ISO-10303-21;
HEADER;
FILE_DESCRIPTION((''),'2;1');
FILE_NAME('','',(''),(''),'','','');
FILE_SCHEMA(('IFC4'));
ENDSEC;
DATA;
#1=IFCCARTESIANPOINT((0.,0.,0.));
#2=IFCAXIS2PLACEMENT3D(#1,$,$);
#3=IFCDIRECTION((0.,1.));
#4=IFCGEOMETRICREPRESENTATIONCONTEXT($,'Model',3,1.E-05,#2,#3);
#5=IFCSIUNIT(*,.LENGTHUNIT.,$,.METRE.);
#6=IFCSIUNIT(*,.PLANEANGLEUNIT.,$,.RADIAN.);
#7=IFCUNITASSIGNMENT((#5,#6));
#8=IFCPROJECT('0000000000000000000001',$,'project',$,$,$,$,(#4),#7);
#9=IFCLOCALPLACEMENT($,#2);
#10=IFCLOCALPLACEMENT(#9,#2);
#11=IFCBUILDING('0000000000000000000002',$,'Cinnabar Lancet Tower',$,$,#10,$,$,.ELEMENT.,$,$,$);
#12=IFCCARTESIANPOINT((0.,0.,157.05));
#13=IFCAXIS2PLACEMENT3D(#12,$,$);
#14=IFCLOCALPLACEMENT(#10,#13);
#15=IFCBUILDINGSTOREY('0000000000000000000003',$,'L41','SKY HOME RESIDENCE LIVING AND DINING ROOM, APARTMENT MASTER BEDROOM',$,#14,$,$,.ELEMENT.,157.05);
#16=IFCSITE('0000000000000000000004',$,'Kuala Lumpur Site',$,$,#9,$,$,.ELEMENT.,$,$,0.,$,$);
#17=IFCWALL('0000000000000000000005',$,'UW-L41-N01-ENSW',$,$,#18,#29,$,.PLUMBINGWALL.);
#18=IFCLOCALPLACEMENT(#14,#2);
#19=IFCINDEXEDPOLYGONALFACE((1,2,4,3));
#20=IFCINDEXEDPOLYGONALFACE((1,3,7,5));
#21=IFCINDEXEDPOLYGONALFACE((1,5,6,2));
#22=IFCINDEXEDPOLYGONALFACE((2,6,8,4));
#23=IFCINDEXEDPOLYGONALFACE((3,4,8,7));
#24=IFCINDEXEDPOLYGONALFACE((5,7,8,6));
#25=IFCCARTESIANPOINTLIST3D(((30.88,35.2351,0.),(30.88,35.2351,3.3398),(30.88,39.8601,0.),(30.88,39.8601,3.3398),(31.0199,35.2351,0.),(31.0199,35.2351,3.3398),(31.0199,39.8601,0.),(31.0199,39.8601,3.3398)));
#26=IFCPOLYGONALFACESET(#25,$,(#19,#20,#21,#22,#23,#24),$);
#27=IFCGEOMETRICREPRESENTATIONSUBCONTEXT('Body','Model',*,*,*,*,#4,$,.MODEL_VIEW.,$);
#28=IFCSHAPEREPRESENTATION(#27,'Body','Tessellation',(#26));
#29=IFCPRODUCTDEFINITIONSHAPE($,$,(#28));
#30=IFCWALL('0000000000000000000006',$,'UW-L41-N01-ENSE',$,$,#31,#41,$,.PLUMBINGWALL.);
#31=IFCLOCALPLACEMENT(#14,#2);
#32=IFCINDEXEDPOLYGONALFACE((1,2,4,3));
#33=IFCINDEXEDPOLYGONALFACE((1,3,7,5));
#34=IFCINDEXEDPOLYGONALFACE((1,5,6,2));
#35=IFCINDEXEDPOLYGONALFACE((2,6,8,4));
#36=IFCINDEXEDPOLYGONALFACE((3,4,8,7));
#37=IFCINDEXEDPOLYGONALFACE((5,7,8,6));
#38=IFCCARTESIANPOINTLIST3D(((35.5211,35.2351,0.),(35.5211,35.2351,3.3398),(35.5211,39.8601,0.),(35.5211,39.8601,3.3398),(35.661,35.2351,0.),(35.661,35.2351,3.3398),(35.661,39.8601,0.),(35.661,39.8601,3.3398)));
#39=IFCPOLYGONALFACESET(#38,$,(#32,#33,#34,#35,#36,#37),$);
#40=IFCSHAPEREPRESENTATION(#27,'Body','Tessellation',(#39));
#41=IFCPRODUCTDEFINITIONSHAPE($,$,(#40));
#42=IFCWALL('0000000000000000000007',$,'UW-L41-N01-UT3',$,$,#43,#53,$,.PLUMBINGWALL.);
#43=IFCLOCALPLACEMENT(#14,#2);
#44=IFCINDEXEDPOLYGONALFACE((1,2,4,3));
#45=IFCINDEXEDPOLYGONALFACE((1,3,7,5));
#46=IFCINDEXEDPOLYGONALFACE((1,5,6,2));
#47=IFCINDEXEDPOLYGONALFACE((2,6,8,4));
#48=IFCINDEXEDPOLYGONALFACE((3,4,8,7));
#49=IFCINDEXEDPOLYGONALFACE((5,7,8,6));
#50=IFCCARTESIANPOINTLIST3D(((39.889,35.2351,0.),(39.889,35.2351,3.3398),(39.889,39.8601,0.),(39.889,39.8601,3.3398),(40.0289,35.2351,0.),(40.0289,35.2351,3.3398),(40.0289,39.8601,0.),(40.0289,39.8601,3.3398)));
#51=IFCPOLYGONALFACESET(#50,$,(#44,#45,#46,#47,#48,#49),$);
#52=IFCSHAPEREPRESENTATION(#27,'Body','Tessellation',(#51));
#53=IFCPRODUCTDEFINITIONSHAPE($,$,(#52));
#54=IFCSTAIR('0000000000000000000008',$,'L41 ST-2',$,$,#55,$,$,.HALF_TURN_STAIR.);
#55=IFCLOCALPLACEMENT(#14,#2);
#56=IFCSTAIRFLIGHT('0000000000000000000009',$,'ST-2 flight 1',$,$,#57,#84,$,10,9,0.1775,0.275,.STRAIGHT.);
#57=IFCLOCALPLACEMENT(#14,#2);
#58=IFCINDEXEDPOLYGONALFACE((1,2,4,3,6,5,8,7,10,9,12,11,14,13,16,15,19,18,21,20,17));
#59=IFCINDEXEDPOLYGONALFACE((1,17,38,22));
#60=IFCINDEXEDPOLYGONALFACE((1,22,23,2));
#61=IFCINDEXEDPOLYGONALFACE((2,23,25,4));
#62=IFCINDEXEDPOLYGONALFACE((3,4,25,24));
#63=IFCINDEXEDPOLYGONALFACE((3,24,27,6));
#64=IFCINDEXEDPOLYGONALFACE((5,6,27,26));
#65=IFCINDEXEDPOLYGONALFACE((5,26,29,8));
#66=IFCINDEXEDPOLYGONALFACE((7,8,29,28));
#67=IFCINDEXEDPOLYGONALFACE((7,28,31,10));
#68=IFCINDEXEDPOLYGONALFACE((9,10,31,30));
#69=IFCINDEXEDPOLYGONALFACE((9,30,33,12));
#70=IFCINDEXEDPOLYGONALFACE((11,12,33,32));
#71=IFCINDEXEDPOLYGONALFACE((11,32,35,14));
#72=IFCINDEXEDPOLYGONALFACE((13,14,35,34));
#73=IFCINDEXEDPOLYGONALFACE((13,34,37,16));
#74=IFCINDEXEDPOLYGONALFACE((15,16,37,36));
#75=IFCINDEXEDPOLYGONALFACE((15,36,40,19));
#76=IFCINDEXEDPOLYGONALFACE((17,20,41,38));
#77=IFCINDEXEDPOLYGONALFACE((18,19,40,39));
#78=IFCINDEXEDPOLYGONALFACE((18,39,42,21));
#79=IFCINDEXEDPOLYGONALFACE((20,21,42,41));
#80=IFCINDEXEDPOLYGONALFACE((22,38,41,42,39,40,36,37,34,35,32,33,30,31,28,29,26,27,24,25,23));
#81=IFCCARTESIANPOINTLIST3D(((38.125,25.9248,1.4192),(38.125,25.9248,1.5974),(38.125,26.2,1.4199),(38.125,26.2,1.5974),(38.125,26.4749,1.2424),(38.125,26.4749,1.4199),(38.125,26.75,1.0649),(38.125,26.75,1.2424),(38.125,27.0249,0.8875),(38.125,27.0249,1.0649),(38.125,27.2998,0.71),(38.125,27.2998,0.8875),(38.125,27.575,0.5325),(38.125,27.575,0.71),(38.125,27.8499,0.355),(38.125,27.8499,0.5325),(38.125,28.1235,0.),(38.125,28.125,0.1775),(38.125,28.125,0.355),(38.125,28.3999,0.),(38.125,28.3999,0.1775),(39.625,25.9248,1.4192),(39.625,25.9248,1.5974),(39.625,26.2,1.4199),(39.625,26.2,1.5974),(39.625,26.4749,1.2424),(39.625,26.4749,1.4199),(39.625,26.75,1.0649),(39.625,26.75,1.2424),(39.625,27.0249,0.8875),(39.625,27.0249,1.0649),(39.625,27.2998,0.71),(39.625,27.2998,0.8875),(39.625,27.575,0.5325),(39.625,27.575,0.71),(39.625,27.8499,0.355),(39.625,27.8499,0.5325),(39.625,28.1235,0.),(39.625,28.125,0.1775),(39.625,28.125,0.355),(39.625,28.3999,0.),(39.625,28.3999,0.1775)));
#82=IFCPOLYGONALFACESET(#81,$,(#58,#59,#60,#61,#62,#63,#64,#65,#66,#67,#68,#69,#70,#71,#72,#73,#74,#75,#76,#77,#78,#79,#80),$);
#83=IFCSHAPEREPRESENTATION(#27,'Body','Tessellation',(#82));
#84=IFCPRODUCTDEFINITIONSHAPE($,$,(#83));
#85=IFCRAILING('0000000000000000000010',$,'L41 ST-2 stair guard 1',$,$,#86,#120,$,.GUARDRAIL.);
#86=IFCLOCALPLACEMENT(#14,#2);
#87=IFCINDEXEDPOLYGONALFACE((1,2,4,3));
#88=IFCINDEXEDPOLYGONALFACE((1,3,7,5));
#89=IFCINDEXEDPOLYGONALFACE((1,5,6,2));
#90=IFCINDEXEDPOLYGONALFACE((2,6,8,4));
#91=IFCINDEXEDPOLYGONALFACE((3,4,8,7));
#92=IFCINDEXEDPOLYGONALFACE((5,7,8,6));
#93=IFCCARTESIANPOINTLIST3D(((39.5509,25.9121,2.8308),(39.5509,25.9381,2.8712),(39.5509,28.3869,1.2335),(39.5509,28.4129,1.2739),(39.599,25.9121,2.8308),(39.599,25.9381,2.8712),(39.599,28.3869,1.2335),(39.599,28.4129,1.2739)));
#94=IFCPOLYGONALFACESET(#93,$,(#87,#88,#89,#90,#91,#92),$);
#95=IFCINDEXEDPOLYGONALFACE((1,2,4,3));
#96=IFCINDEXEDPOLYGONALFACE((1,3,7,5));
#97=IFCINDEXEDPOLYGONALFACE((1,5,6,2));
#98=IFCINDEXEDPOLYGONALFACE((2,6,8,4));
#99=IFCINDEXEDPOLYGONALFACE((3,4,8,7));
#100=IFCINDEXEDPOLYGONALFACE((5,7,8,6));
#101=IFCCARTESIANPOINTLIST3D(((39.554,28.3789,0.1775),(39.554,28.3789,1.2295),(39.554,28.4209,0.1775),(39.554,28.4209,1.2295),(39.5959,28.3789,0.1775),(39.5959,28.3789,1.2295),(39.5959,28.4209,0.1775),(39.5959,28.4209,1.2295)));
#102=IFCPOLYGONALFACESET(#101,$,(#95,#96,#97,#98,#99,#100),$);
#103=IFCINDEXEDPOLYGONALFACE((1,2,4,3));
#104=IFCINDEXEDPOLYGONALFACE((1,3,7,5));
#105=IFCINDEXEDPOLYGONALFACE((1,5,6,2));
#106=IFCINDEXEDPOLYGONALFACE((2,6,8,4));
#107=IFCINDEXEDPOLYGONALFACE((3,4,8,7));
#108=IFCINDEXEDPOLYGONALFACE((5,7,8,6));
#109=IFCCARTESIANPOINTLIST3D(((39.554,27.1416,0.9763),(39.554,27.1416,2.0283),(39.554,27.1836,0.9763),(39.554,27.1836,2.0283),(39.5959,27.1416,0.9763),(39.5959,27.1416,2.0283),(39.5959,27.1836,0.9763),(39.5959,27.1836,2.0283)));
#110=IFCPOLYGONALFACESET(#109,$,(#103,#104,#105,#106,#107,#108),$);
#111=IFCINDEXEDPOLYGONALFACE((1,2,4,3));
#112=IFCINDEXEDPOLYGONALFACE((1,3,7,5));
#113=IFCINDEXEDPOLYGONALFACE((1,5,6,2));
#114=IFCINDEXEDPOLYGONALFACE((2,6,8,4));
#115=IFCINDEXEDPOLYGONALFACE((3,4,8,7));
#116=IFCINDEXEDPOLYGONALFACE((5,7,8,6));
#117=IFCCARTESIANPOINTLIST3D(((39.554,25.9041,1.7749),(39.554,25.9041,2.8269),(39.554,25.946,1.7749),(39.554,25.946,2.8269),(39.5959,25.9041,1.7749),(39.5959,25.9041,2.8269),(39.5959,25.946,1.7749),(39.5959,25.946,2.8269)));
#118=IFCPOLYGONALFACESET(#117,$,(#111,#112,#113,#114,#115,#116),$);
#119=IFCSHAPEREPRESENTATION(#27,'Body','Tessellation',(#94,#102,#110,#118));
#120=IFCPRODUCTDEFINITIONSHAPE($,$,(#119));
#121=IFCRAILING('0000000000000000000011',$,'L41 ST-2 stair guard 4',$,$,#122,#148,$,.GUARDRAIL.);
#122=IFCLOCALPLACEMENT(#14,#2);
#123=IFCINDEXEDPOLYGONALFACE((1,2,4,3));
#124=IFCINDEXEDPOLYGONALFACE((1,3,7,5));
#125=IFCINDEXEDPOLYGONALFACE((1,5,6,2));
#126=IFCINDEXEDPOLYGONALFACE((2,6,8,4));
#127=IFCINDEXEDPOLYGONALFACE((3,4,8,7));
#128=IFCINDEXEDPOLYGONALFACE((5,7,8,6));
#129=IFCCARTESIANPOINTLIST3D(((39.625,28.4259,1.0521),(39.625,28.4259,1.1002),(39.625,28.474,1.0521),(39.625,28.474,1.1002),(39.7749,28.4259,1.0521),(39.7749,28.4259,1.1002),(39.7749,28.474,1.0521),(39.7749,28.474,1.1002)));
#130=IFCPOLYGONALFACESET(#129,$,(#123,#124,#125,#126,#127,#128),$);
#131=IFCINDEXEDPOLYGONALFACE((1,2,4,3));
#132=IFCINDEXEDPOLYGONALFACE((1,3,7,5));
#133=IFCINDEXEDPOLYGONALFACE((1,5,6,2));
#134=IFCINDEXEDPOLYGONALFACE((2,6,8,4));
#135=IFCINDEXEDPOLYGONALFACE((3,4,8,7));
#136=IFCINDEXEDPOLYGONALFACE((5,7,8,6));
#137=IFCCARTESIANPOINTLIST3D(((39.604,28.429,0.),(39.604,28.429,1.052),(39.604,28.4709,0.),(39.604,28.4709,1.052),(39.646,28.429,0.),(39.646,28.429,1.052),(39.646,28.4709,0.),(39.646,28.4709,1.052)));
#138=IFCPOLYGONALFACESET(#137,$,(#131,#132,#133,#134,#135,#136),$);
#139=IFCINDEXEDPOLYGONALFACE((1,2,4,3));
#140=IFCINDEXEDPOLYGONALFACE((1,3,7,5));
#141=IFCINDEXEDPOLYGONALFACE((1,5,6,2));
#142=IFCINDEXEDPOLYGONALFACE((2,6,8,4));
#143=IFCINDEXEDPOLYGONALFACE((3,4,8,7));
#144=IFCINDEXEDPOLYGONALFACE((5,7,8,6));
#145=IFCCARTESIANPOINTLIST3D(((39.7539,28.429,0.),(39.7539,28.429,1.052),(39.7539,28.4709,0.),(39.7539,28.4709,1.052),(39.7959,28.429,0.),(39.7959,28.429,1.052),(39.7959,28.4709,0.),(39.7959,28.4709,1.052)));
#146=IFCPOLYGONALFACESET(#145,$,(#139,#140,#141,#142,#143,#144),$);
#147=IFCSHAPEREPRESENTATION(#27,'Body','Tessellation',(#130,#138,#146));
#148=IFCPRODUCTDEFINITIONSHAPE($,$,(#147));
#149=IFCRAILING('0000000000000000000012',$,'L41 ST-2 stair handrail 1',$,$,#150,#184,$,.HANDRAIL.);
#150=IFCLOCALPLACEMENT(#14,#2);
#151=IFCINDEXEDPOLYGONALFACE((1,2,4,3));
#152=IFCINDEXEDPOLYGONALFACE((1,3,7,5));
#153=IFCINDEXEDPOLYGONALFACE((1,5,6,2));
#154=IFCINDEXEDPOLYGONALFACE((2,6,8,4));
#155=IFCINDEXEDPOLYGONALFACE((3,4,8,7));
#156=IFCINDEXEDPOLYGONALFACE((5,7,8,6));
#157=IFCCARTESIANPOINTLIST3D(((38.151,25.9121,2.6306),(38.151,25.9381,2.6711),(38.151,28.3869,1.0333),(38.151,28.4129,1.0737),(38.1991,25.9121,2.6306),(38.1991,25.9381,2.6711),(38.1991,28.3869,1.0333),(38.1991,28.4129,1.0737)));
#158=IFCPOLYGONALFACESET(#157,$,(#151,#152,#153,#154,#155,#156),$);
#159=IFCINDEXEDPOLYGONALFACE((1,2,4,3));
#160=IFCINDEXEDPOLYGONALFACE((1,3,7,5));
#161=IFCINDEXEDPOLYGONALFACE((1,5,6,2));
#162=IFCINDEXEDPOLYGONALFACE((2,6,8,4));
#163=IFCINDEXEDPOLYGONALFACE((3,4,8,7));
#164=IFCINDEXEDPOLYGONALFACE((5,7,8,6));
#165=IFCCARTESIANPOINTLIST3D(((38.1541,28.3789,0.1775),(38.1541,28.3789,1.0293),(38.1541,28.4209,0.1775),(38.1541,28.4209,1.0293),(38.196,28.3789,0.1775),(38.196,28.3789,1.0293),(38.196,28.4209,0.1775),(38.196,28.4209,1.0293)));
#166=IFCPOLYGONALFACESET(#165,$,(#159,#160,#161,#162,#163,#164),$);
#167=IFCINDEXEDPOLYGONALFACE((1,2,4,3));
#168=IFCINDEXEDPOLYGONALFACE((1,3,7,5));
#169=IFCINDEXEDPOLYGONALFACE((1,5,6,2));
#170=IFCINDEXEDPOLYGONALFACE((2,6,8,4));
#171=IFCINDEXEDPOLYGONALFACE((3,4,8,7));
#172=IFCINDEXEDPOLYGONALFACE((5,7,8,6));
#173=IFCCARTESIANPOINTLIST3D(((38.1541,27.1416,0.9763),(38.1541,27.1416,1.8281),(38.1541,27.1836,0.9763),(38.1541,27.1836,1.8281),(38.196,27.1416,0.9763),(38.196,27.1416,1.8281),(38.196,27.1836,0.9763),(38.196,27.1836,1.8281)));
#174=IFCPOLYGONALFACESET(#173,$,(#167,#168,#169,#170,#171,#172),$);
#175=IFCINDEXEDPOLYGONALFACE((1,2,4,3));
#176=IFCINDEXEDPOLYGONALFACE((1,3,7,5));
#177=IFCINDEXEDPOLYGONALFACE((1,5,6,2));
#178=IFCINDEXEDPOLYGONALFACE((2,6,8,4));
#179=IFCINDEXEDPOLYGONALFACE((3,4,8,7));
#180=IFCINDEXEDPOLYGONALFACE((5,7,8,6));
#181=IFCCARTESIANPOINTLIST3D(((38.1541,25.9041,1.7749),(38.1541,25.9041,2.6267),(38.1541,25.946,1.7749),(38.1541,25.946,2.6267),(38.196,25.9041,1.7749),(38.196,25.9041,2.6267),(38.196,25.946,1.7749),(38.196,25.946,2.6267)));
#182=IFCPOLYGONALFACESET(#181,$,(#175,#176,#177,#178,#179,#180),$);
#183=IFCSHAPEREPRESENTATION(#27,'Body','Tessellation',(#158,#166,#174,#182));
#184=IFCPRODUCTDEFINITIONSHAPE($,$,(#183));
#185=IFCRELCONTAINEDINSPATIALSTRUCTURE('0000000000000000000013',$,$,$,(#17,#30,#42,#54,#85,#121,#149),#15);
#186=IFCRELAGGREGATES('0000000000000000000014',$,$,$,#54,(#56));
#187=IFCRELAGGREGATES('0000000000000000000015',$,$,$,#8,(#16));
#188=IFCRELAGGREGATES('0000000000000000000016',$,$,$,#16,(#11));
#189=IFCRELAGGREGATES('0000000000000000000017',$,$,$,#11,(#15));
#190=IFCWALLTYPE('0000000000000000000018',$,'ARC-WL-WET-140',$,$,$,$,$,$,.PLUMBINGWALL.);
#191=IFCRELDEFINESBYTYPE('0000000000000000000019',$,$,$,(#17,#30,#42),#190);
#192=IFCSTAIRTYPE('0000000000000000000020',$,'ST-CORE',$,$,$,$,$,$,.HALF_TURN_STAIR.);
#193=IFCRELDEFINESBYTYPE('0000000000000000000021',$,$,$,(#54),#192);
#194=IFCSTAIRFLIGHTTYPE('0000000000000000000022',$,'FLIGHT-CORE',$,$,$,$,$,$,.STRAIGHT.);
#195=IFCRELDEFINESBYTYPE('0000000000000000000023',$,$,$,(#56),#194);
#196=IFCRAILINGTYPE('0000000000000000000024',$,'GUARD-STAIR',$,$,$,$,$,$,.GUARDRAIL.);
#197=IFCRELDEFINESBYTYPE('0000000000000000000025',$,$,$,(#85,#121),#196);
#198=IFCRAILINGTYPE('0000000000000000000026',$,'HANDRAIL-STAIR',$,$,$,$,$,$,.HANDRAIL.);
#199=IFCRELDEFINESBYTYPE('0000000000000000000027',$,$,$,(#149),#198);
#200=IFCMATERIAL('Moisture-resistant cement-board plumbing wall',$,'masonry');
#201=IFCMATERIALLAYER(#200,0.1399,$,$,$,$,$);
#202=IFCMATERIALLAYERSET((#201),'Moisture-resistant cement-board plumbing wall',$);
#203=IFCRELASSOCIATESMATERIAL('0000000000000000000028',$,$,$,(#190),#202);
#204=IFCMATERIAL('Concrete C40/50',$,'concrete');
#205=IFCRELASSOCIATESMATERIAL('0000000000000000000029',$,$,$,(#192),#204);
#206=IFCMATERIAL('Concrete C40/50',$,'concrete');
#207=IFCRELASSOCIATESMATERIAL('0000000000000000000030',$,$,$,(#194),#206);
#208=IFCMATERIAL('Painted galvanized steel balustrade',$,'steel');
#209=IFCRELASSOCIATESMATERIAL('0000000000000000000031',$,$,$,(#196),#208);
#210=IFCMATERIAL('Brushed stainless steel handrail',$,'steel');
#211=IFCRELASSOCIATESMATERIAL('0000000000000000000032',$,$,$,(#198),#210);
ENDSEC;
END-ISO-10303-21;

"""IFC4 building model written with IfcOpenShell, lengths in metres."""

from ifc_helpers import new_model, si_unit, direction, frame, frame_2d, origin, origin_2d, place, context, subcontext, project, spatial, polyline, rectangle, outline, extrude, material, layer, layer_set, type_object, element, aggregate, save


model = new_model("IFC4")

# Units and contexts
model_context = context("Model", 3, precision=1e-05, world=origin(), true_north=direction((0.0, 1.0)))
body_context = subcontext(model_context, "Body", "Model", "MODEL_VIEW")
ifc_project = project(units=[si_unit("LENGTHUNIT", "METRE"), si_unit("PLANEANGLEUNIT", "RADIAN")], contexts=[model_context])

# Site, building, storey
site_placement = place(None, origin())
site = spatial("IfcSite", under=ifc_project, at=site_placement, Name="Kuala Lumpur Site", CompositionType="ELEMENT", RefElevation=0.0)
building_placement = place(site_placement, origin())
building = spatial("IfcBuilding", under=site, at=building_placement, Name="Cinnabar Lancet Tower", CompositionType="ELEMENT")
storey_placement = place(building_placement, frame((0.0, 0.0, 157.05)))
storey = spatial("IfcBuildingStorey", under=building, at=storey_placement, Name="L41", Description="SKY HOME RESIDENCE LIVING AND DINING ROOM, APARTMENT MASTER BEDROOM", CompositionType="ELEMENT", Elevation=157.05)

# Walls
ifc_material_1 = material(Name="Moisture-resistant cement-board plumbing wall", Category="masonry")
ifc_layer_1 = layer(ifc_material_1, 0.1399)
ifc_layer_set_1 = layer_set([ifc_layer_1], Name="Moisture-resistant cement-board plumbing wall")
wall_type_1 = type_object("IfcWallType", Name="ARC-WL-WET-140", PredefinedType="PLUMBINGWALL", material=ifc_layer_set_1)
for number, where, z_axis, x_axis, name in (
    (1, (30.95, 35.2351, 0.0), (0.0, 0.0, 1.0), (0.0, 1.0, 0.0), "UW-L41-N01-ENSW"),
    (2, (35.5911, 35.2351, 0.0), (0.0, 0.0, 1.0), (0.0, 1.0, 0.0), "UW-L41-N01-ENSE"),
    (3, (39.959, 35.2351, 0.0), (0.0, 0.0, 1.0), (0.0, 1.0, 0.0), "UW-L41-N01-UT3"),
):
    element("IfcWall", number, at=place(storey_placement, frame(where, z_axis=z_axis, x_axis=x_axis)), inside=storey, type_object=wall_type_1, Name=name, PredefinedType="PLUMBINGWALL", context=body_context, shape_type="SweptSolid", body=[
        extrude(rectangle(XDim=4.625, YDim=0.1399, at=frame_2d((2.3125, 0.0))), origin(), (0.0, 0.0, 1.0), 3.3398),
    ])

# Stair, stair flight
ifc_material_2 = material(Name="Concrete C40/50", Category="concrete")
stair_type = type_object("IfcStairType", Name="ST-CORE", PredefinedType="HALF_TURN_STAIR", material=ifc_material_2)
stair_placement = place(storey_placement, origin())
stair = element("IfcStair", 4, at=stair_placement, inside=storey, type_object=stair_type, Name="L41 ST-2", PredefinedType="HALF_TURN_STAIR")
ifc_material_3 = material(Name="Concrete C40/50", Category="concrete")
stair_flight_type = type_object("IfcStairFlightType", Name="FLIGHT-CORE", PredefinedType="STRAIGHT", material=ifc_material_3)
stair_flight_placement = place(storey_placement, frame((38.875, 28.3999, 0.0), z_axis=(0.0, 0.0, 1.0), x_axis=(0.0, -1.0, 0.0)))
stair_flight = element("IfcStairFlight", 5, at=stair_flight_placement, type_object=stair_flight_type, Name="ST-2 flight 1", NumberOfRisers=10, NumberOfTreads=9, PredefinedType="STRAIGHT", RiserHeight=0.1775, TreadLength=0.275, context=body_context, shape_type="SweptSolid", body=[
    extrude(outline(polyline([(0.0, 0.0), (0.0, 0.1775), (0.2749, 0.1775), (0.2749, 0.355), (0.55, 0.355), (0.55, 0.5325), (0.825, 0.5325), (0.825, 0.71), (1.1001, 0.71), (1.1001, 0.8875), (1.375, 0.8875), (1.375, 1.0649), (1.6499, 1.0649), (1.6499, 1.2424), (1.925, 1.2424), (1.925, 1.4199), (2.2, 1.4199), (2.2, 1.5974), (2.4751, 1.5974), (2.4751, 1.7749), (2.4751, 1.4192), (0.2764, 0.0), (0.0, 0.0)])), frame((0.0, 0.75, 0.0), z_axis=(0.0, -1.0, 0.0), x_axis=(1.0, 0.0, 0.0)), (0.0, 0.0, 1.0), 1.5),
])
aggregate(stair, [stair_flight])

# Railings
ifc_material_4 = material(Name="Painted galvanized steel balustrade", Category="steel")
railing_type_1 = type_object("IfcRailingType", Name="GUARD-STAIR", PredefinedType="GUARDRAIL", material=ifc_material_4)
railing_1_placement = place(storey_placement, frame((39.575, 28.3999, 0.1775)))
element("IfcRailing", 6, at=railing_1_placement, inside=storey, type_object=railing_type_1, Name="L41 ST-2 stair guard 1", PredefinedType="GUARDRAIL", context=body_context, shape_type="SweptSolid", body=[
    extrude(rectangle(XDim=0.0481, YDim=0.0481, at=origin_2d()), frame((0.0, 0.0, 1.0762), z_axis=(0.0, -0.840183, 0.542302), x_axis=(1.0, 0.0, 0.0)), (0.0, 0.0, 1.0), 2.9456),
    extrude(rectangle(XDim=0.042, YDim=0.042, at=origin_2d()), origin(), (0.0, 0.0, 1.0), 1.052),
    extrude(rectangle(XDim=0.042, YDim=0.042, at=origin_2d()), frame((0.0, -1.2373, 0.7988)), (0.0, 0.0, 1.0), 1.052),
    extrude(rectangle(XDim=0.042, YDim=0.042, at=origin_2d()), frame((0.0, -2.4749, 1.5974)), (0.0, 0.0, 1.0), 1.052),
])
railing_2_placement = place(storey_placement, frame((39.625, 28.45, 0.0)))
element("IfcRailing", 7, at=railing_2_placement, inside=storey, type_object=railing_type_1, Name="L41 ST-2 stair guard 4", PredefinedType="GUARDRAIL", context=body_context, shape_type="SweptSolid", body=[
    extrude(rectangle(XDim=0.0481, YDim=0.0481, at=origin_2d()), frame((0.0, 0.0, 1.0762), z_axis=(1.0, 0.0, 0.0), x_axis=(0.0, 1.0, 0.0)), (0.0, 0.0, 1.0), 0.1499),
    extrude(rectangle(XDim=0.042, YDim=0.042, at=origin_2d()), origin(), (0.0, 0.0, 1.0), 1.052),
    extrude(rectangle(XDim=0.042, YDim=0.042, at=origin_2d()), frame((0.1499, 0.0, 0.0)), (0.0, 0.0, 1.0), 1.052),
])
ifc_material_5 = material(Name="Brushed stainless steel handrail", Category="steel")
railing_type_2 = type_object("IfcRailingType", Name="HANDRAIL-STAIR", PredefinedType="HANDRAIL", material=ifc_material_5)
railing_3_placement = place(storey_placement, frame((38.175, 28.3999, 0.1775)))
element("IfcRailing", 8, at=railing_3_placement, inside=storey, type_object=railing_type_2, Name="L41 ST-2 stair handrail 1", PredefinedType="HANDRAIL", context=body_context, shape_type="SweptSolid", body=[
    extrude(rectangle(XDim=0.0481, YDim=0.0481, at=origin_2d()), frame((0.0, 0.0, 0.876), z_axis=(0.0, -0.840183, 0.542302), x_axis=(1.0, 0.0, 0.0)), (0.0, 0.0, 1.0), 2.9456),
    extrude(rectangle(XDim=0.042, YDim=0.042, at=origin_2d()), origin(), (0.0, 0.0, 1.0), 0.8518),
    extrude(rectangle(XDim=0.042, YDim=0.042, at=origin_2d()), frame((0.0, -1.2373, 0.7988)), (0.0, 0.0, 1.0), 0.8518),
    extrude(rectangle(XDim=0.042, YDim=0.042, at=origin_2d()), frame((0.0, -2.4749, 1.5974)), (0.0, 0.0, 1.0), 0.8518),
])

save(model, "model.ifc")
